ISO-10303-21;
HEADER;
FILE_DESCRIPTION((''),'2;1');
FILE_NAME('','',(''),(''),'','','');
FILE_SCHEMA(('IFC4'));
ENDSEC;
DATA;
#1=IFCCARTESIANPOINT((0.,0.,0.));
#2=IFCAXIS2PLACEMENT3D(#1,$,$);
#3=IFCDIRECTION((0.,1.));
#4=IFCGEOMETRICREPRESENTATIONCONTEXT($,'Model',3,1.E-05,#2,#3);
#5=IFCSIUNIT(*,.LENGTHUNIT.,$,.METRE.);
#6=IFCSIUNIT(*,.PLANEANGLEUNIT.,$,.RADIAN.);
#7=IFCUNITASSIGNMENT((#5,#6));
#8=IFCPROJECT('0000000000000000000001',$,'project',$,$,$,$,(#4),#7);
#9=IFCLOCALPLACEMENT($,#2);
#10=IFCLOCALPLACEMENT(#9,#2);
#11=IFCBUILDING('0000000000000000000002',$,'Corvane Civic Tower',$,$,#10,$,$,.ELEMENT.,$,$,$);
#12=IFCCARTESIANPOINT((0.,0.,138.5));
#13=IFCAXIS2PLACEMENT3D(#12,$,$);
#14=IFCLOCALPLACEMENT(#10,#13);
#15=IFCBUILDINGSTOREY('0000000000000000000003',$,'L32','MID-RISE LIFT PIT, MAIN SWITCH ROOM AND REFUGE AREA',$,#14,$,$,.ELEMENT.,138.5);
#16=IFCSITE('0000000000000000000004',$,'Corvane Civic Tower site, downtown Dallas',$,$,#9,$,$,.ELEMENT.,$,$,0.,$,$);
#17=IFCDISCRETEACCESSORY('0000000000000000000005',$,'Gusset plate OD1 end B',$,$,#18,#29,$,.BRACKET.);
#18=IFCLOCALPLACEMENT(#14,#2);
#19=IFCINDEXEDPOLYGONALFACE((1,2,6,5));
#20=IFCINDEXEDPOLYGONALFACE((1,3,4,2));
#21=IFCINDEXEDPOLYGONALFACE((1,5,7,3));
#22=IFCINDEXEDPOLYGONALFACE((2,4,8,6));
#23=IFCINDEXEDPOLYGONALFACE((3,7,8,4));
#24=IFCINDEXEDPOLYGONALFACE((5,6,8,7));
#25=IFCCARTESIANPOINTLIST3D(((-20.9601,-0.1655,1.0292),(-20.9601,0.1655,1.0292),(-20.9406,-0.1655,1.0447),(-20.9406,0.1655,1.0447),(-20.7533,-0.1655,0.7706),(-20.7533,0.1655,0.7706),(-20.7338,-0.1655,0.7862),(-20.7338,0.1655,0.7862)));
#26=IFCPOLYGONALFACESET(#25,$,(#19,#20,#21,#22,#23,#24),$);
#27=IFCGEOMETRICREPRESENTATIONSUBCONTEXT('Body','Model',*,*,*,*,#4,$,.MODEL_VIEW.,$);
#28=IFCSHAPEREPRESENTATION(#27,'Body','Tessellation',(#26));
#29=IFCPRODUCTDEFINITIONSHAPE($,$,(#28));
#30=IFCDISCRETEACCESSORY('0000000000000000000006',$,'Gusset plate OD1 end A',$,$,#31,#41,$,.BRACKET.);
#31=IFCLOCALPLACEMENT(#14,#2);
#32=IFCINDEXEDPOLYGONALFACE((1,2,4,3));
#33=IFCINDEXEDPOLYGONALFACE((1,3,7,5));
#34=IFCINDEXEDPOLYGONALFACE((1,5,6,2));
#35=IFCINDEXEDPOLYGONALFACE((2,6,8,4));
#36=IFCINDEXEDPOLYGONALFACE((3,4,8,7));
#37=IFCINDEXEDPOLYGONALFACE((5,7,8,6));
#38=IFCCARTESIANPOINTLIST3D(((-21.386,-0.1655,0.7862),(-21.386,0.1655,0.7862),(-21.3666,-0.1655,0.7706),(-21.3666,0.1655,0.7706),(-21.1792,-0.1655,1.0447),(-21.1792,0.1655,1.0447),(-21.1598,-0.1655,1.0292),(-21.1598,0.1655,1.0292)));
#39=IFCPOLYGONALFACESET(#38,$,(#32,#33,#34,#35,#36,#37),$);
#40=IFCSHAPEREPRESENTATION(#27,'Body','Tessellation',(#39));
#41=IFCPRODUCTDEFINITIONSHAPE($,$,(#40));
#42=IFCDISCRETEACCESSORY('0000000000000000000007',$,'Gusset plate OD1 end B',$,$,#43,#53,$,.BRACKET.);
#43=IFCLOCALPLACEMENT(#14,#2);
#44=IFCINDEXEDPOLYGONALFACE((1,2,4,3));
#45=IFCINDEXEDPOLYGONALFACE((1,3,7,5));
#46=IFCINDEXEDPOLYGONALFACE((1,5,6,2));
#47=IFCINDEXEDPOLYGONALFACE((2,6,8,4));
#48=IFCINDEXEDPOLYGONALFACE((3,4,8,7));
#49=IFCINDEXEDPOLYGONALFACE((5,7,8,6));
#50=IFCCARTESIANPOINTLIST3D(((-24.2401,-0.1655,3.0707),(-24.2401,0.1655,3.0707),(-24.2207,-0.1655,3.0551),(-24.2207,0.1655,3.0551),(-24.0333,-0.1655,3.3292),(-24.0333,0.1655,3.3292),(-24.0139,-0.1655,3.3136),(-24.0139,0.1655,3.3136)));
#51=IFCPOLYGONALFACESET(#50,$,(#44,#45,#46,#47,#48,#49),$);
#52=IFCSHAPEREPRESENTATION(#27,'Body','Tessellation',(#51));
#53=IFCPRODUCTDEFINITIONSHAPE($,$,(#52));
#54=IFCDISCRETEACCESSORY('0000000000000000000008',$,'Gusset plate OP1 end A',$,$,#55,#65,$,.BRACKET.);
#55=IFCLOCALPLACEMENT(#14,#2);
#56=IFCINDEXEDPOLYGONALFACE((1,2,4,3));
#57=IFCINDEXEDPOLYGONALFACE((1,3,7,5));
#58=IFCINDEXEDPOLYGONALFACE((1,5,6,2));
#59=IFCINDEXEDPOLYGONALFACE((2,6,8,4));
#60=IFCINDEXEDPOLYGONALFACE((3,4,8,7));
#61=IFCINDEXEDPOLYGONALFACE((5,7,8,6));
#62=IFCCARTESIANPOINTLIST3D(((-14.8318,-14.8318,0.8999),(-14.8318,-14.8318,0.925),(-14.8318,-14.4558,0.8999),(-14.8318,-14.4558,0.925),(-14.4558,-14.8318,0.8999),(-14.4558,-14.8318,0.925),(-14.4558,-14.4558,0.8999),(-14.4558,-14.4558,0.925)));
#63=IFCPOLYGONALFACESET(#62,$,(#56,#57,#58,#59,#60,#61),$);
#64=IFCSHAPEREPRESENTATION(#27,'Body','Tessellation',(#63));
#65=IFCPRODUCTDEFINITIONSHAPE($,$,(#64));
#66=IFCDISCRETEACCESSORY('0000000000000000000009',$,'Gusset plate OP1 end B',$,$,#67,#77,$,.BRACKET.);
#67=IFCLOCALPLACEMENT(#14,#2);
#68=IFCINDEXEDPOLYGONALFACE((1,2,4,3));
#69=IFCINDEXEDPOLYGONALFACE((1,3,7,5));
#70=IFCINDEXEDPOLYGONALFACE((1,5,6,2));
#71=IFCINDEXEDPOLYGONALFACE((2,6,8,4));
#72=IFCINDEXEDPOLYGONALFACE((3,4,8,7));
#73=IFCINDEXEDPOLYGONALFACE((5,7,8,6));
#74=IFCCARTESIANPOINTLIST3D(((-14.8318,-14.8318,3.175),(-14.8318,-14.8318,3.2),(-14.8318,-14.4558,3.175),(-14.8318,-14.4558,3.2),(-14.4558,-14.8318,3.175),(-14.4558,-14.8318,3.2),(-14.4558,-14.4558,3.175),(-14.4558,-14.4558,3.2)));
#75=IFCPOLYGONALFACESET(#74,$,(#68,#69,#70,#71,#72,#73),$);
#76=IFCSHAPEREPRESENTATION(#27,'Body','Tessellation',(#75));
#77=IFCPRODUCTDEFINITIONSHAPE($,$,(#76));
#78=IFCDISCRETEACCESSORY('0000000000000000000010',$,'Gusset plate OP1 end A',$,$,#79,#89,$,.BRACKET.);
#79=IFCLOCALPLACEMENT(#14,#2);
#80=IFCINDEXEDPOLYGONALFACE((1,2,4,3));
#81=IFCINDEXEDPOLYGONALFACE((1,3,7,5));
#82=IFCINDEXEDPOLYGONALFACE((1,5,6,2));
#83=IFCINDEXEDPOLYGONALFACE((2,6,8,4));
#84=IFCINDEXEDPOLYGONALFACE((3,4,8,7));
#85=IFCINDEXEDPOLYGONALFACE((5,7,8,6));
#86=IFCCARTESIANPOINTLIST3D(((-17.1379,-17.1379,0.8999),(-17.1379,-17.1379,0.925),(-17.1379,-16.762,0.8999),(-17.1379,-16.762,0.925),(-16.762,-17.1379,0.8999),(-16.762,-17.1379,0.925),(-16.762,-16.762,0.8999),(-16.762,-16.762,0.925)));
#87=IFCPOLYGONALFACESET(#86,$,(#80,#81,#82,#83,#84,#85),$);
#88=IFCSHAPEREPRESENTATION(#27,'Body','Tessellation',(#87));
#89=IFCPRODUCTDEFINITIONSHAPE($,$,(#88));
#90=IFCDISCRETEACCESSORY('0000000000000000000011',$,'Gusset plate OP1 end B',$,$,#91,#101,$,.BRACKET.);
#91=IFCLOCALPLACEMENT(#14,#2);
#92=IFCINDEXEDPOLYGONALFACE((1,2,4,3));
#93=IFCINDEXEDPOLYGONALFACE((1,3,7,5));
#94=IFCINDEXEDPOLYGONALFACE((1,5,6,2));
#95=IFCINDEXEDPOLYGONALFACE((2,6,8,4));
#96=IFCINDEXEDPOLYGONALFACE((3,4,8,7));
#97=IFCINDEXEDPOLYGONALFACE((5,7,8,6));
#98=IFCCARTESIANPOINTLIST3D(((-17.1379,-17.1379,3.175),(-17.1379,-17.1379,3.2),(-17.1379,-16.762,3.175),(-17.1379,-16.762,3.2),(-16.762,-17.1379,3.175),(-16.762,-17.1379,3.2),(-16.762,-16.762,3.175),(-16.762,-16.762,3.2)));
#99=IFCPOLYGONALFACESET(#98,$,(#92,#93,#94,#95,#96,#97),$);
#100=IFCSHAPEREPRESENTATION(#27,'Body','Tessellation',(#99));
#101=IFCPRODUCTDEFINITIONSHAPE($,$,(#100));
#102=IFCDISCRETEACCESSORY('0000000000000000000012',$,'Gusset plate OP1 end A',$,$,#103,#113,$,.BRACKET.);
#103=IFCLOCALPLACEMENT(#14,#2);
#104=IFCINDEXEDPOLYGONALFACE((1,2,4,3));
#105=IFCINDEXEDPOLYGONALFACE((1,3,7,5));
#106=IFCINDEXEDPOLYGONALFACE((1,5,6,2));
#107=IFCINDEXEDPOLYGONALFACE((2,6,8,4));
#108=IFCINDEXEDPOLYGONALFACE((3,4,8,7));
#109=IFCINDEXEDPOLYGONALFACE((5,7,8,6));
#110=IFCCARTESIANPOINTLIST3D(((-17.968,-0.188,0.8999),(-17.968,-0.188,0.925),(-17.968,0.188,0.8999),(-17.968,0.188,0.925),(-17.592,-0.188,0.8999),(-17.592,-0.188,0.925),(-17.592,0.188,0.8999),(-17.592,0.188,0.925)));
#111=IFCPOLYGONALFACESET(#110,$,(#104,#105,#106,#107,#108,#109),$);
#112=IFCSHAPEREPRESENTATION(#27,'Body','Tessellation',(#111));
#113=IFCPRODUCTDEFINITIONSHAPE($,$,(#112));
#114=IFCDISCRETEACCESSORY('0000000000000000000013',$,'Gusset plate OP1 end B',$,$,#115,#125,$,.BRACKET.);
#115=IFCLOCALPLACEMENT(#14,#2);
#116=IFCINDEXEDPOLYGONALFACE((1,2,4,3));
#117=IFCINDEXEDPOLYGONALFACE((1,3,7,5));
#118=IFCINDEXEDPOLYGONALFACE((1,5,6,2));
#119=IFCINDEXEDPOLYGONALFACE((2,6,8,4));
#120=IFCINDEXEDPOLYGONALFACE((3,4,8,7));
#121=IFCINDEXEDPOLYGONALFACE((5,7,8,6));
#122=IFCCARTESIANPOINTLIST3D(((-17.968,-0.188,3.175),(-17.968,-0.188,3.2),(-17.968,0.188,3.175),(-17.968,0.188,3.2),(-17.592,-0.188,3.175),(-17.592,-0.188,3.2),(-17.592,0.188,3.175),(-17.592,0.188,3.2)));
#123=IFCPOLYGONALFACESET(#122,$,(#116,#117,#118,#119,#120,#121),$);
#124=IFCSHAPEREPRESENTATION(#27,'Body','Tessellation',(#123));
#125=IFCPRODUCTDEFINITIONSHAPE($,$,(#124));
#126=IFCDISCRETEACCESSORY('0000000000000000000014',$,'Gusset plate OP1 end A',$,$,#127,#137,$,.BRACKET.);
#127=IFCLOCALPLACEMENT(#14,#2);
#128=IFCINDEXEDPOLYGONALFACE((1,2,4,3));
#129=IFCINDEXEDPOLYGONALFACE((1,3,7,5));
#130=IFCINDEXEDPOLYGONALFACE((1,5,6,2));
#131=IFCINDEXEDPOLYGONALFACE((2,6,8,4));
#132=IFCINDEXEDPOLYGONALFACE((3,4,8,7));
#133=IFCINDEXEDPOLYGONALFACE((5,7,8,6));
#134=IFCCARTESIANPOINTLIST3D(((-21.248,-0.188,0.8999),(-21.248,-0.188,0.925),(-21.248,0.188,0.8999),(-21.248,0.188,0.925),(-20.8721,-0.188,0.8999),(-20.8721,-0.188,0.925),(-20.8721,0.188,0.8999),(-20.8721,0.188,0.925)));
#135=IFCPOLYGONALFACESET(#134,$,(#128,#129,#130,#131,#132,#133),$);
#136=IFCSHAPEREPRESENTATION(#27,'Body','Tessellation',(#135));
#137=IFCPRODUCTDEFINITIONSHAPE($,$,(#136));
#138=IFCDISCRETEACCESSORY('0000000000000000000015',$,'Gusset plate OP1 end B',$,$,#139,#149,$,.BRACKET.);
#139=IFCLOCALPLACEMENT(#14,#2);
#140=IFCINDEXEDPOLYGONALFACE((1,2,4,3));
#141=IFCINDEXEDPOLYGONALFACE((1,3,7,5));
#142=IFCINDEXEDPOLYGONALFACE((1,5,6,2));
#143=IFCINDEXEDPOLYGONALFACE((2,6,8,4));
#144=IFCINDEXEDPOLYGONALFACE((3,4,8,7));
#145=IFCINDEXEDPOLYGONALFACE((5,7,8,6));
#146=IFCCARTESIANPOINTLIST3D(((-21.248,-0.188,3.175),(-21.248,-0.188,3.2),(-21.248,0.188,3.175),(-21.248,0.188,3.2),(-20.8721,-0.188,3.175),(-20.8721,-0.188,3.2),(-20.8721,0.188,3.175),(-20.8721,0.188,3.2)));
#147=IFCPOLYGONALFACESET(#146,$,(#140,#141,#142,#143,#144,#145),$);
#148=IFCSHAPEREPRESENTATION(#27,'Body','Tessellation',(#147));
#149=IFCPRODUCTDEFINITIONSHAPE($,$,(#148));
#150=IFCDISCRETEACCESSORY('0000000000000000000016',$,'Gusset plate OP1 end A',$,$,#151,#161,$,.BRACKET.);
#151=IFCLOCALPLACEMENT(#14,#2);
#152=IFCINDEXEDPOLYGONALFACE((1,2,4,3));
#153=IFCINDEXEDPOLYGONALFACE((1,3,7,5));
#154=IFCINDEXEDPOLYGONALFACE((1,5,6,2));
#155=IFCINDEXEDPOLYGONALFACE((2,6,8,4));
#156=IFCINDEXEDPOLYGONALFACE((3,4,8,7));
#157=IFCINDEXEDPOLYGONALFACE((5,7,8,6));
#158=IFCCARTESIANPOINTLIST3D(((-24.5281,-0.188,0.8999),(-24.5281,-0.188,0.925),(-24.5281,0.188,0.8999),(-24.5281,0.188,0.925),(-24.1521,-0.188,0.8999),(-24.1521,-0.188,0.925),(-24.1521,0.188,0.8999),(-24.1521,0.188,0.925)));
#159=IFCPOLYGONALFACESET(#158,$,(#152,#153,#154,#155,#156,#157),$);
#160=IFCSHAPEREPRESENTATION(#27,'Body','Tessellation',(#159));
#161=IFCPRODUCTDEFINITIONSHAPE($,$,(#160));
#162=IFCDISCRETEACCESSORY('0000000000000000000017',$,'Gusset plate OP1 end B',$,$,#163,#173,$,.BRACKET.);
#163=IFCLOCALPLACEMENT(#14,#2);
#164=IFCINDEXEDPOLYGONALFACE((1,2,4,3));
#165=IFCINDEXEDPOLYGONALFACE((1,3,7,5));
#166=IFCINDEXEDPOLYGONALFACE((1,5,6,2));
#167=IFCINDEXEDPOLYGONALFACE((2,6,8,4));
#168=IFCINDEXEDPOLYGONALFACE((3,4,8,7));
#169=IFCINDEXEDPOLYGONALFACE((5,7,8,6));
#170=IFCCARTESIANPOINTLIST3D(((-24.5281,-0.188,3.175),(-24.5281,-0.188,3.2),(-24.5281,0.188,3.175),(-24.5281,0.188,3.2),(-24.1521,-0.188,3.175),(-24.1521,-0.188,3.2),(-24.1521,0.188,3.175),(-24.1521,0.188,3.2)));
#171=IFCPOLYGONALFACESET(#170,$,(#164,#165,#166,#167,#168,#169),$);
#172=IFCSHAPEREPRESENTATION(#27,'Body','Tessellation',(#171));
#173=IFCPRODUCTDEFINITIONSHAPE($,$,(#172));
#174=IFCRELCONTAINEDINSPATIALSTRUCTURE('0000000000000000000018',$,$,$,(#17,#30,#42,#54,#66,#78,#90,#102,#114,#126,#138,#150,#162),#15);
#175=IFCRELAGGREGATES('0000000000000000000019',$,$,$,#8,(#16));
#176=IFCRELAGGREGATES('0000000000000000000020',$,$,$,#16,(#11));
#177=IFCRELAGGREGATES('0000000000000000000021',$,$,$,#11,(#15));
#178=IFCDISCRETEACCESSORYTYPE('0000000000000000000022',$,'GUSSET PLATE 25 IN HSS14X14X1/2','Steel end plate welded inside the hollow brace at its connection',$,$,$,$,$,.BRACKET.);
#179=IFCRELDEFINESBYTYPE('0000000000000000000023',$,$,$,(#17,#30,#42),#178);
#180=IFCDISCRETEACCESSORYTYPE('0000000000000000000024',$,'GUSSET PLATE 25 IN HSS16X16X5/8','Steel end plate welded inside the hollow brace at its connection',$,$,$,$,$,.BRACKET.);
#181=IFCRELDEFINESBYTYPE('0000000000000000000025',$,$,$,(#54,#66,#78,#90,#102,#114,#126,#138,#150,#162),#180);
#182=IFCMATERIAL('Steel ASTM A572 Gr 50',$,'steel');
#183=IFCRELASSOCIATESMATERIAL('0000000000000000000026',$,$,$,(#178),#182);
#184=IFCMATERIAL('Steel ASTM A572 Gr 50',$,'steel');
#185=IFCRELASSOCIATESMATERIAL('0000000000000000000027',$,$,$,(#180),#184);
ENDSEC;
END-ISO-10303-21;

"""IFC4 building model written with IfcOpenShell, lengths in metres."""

from ifc_helpers import new_model, si_unit, direction, frame, origin, origin_2d, place, context, subcontext, project, spatial, rectangle, extrude, material, material_profile, profile_set, type_object, element, save


model = new_model("IFC4")

# Units and contexts
model_context = context("Model", 3, precision=1e-05, world=origin(), true_north=direction((0.0, 1.0)))
body_context = subcontext(model_context, "Body", "Model", "MODEL_VIEW")
ifc_project = project(units=[si_unit("LENGTHUNIT", "METRE"), si_unit("PLANEANGLEUNIT", "RADIAN")], contexts=[model_context])

# Site, building, storey
site_placement = place(None, origin())
site = spatial("IfcSite", under=ifc_project, at=site_placement, Name="Corvane Civic Tower site, downtown Dallas", CompositionType="ELEMENT", RefElevation=0.0)
building_placement = place(site_placement, origin())
building = spatial("IfcBuilding", under=site, at=building_placement, Name="Corvane Civic Tower", CompositionType="ELEMENT")
storey_placement = place(building_placement, frame((0.0, 0.0, 138.5)))
storey = spatial("IfcBuildingStorey", under=building, at=storey_placement, Name="L32", Description="MID-RISE LIFT PIT, MAIN SWITCH ROOM AND REFUGE AREA", CompositionType="ELEMENT", Elevation=138.5)

# Discrete accessories
ifc_material_1 = material(Name="Steel ASTM A572 Gr 50", Category="steel")
ifc_material_profile_1 = material_profile(ifc_material_1, rectangle(XDim=0.3311, YDim=0.3311, at=origin_2d()), Name="GUSSET PLATE 25 IN HSS14X14X1/2")
ifc_profile_set_1 = profile_set([ifc_material_profile_1], Name="Steel ASTM A572 Gr 50")
discrete_accessory_type_1 = type_object("IfcDiscreteAccessoryType", Name="GUSSET PLATE 25 IN HSS14X14X1/2", Description="Steel end plate welded inside the hollow brace at its connection", PredefinedType="BRACKET", material=ifc_profile_set_1)
for number, where, z_axis, x_axis, name in (
    (1, (-20.8567, 0.0, 0.8999), (0.780869, 0.0, 0.624695), (0.0, 1.0, 0.0), "Gusset plate OD1 end B"),
    (2, (-21.2632, 0.0, 0.8999), (-0.780869, 0.0, 0.624695), (0.0, -1.0, 0.0), "Gusset plate OD1 end A"),
    (3, (-24.1367, 0.0, 3.2), (0.780869, 0.0, -0.624695), (0.0, 1.0, 0.0), "Gusset plate OD1 end B"),
):
    element("IfcDiscreteAccessory", number, at=place(storey_placement, frame(where, z_axis=z_axis, x_axis=x_axis)), inside=storey, type_object=discrete_accessory_type_1, Name=name, PredefinedType="BRACKET", context=body_context, shape_type="SweptSolid", body=[
        extrude(rectangle(XDim=0.3311, YDim=0.3311, at=origin_2d()), origin(), (0.0, 0.0, 1.0), 0.0249),
    ])
ifc_material_2 = material(Name="Steel ASTM A572 Gr 50", Category="steel")
ifc_material_profile_2 = material_profile(ifc_material_2, rectangle(XDim=0.376, YDim=0.376, at=origin_2d()), Name="GUSSET PLATE 25 IN HSS16X16X5/8")
ifc_profile_set_2 = profile_set([ifc_material_profile_2], Name="Steel ASTM A572 Gr 50")
discrete_accessory_type_2 = type_object("IfcDiscreteAccessoryType", Name="GUSSET PLATE 25 IN HSS16X16X5/8", Description="Steel end plate welded inside the hollow brace at its connection", PredefinedType="BRACKET", material=ifc_profile_set_2)
discrete_accessory_1_placement = place(storey_placement, frame((-14.6438, -14.6438, 0.8999), z_axis=(0.0, 0.0, 1.0), x_axis=(1.0, 0.0, 0.0)))
element("IfcDiscreteAccessory", 4, at=discrete_accessory_1_placement, inside=storey, type_object=discrete_accessory_type_2, Name="Gusset plate OP1 end A", PredefinedType="BRACKET", context=body_context, shape_type="SweptSolid", body=[
    extrude(rectangle(XDim=0.376, YDim=0.376, at=origin_2d()), origin(), (0.0, 0.0, 1.0), 0.0251),
])
discrete_accessory_2_placement = place(storey_placement, frame((-14.6438, -14.6438, 3.2), z_axis=(0.0, 0.0, -1.0), x_axis=(1.0, 0.0, 0.0)))
element("IfcDiscreteAccessory", 5, at=discrete_accessory_2_placement, inside=storey, type_object=discrete_accessory_type_2, Name="Gusset plate OP1 end B", PredefinedType="BRACKET", context=body_context, shape_type="SweptSolid", body=[
    extrude(rectangle(XDim=0.376, YDim=0.376, at=origin_2d()), origin(), (0.0, 0.0, 1.0), 0.0249),
])
discrete_accessory_3_placement = place(storey_placement, frame((-16.95, -16.95, 0.8999), z_axis=(0.0, 0.0, 1.0), x_axis=(1.0, 0.0, 0.0)))
element("IfcDiscreteAccessory", 6, at=discrete_accessory_3_placement, inside=storey, type_object=discrete_accessory_type_2, Name="Gusset plate OP1 end A", PredefinedType="BRACKET", context=body_context, shape_type="SweptSolid", body=[
    extrude(rectangle(XDim=0.376, YDim=0.376, at=origin_2d()), origin(), (0.0, 0.0, 1.0), 0.0251),
])
discrete_accessory_4_placement = place(storey_placement, frame((-16.95, -16.95, 3.2), z_axis=(0.0, 0.0, -1.0), x_axis=(1.0, 0.0, 0.0)))
element("IfcDiscreteAccessory", 7, at=discrete_accessory_4_placement, inside=storey, type_object=discrete_accessory_type_2, Name="Gusset plate OP1 end B", PredefinedType="BRACKET", context=body_context, shape_type="SweptSolid", body=[
    extrude(rectangle(XDim=0.376, YDim=0.376, at=origin_2d()), origin(), (0.0, 0.0, 1.0), 0.0249),
])
discrete_accessory_5_placement = place(storey_placement, frame((-17.78, 0.0, 0.8999), z_axis=(0.0, 0.0, 1.0), x_axis=(1.0, 0.0, 0.0)))
element("IfcDiscreteAccessory", 8, at=discrete_accessory_5_placement, inside=storey, type_object=discrete_accessory_type_2, Name="Gusset plate OP1 end A", PredefinedType="BRACKET", context=body_context, shape_type="SweptSolid", body=[
    extrude(rectangle(XDim=0.376, YDim=0.376, at=origin_2d()), origin(), (0.0, 0.0, 1.0), 0.0251),
])
discrete_accessory_6_placement = place(storey_placement, frame((-17.78, 0.0, 3.2), z_axis=(0.0, 0.0, -1.0), x_axis=(1.0, 0.0, 0.0)))
element("IfcDiscreteAccessory", 9, at=discrete_accessory_6_placement, inside=storey, type_object=discrete_accessory_type_2, Name="Gusset plate OP1 end B", PredefinedType="BRACKET", context=body_context, shape_type="SweptSolid", body=[
    extrude(rectangle(XDim=0.376, YDim=0.376, at=origin_2d()), origin(), (0.0, 0.0, 1.0), 0.0249),
])
discrete_accessory_7_placement = place(storey_placement, frame((-21.0601, 0.0, 0.8999), z_axis=(0.0, 0.0, 1.0), x_axis=(1.0, 0.0, 0.0)))
element("IfcDiscreteAccessory", 10, at=discrete_accessory_7_placement, inside=storey, type_object=discrete_accessory_type_2, Name="Gusset plate OP1 end A", PredefinedType="BRACKET", context=body_context, shape_type="SweptSolid", body=[
    extrude(rectangle(XDim=0.376, YDim=0.376, at=origin_2d()), origin(), (0.0, 0.0, 1.0), 0.0251),
])
discrete_accessory_8_placement = place(storey_placement, frame((-21.0601, 0.0, 3.2), z_axis=(0.0, 0.0, -1.0), x_axis=(1.0, 0.0, 0.0)))
element("IfcDiscreteAccessory", 11, at=discrete_accessory_8_placement, inside=storey, type_object=discrete_accessory_type_2, Name="Gusset plate OP1 end B", PredefinedType="BRACKET", context=body_context, shape_type="SweptSolid", body=[
    extrude(rectangle(XDim=0.376, YDim=0.376, at=origin_2d()), origin(), (0.0, 0.0, 1.0), 0.0249),
])
discrete_accessory_9_placement = place(storey_placement, frame((-24.3401, 0.0, 0.8999), z_axis=(0.0, 0.0, 1.0), x_axis=(1.0, 0.0, 0.0)))
element("IfcDiscreteAccessory", 12, at=discrete_accessory_9_placement, inside=storey, type_object=discrete_accessory_type_2, Name="Gusset plate OP1 end A", PredefinedType="BRACKET", context=body_context, shape_type="SweptSolid", body=[
    extrude(rectangle(XDim=0.376, YDim=0.376, at=origin_2d()), origin(), (0.0, 0.0, 1.0), 0.0251),
])
discrete_accessory_10_placement = place(storey_placement, frame((-24.3401, 0.0, 3.2), z_axis=(0.0, 0.0, -1.0), x_axis=(1.0, 0.0, 0.0)))
element("IfcDiscreteAccessory", 13, at=discrete_accessory_10_placement, inside=storey, type_object=discrete_accessory_type_2, Name="Gusset plate OP1 end B", PredefinedType="BRACKET", context=body_context, shape_type="SweptSolid", body=[
    extrude(rectangle(XDim=0.376, YDim=0.376, at=origin_2d()), origin(), (0.0, 0.0, 1.0), 0.0249),
])

save(model, "model.ifc")
